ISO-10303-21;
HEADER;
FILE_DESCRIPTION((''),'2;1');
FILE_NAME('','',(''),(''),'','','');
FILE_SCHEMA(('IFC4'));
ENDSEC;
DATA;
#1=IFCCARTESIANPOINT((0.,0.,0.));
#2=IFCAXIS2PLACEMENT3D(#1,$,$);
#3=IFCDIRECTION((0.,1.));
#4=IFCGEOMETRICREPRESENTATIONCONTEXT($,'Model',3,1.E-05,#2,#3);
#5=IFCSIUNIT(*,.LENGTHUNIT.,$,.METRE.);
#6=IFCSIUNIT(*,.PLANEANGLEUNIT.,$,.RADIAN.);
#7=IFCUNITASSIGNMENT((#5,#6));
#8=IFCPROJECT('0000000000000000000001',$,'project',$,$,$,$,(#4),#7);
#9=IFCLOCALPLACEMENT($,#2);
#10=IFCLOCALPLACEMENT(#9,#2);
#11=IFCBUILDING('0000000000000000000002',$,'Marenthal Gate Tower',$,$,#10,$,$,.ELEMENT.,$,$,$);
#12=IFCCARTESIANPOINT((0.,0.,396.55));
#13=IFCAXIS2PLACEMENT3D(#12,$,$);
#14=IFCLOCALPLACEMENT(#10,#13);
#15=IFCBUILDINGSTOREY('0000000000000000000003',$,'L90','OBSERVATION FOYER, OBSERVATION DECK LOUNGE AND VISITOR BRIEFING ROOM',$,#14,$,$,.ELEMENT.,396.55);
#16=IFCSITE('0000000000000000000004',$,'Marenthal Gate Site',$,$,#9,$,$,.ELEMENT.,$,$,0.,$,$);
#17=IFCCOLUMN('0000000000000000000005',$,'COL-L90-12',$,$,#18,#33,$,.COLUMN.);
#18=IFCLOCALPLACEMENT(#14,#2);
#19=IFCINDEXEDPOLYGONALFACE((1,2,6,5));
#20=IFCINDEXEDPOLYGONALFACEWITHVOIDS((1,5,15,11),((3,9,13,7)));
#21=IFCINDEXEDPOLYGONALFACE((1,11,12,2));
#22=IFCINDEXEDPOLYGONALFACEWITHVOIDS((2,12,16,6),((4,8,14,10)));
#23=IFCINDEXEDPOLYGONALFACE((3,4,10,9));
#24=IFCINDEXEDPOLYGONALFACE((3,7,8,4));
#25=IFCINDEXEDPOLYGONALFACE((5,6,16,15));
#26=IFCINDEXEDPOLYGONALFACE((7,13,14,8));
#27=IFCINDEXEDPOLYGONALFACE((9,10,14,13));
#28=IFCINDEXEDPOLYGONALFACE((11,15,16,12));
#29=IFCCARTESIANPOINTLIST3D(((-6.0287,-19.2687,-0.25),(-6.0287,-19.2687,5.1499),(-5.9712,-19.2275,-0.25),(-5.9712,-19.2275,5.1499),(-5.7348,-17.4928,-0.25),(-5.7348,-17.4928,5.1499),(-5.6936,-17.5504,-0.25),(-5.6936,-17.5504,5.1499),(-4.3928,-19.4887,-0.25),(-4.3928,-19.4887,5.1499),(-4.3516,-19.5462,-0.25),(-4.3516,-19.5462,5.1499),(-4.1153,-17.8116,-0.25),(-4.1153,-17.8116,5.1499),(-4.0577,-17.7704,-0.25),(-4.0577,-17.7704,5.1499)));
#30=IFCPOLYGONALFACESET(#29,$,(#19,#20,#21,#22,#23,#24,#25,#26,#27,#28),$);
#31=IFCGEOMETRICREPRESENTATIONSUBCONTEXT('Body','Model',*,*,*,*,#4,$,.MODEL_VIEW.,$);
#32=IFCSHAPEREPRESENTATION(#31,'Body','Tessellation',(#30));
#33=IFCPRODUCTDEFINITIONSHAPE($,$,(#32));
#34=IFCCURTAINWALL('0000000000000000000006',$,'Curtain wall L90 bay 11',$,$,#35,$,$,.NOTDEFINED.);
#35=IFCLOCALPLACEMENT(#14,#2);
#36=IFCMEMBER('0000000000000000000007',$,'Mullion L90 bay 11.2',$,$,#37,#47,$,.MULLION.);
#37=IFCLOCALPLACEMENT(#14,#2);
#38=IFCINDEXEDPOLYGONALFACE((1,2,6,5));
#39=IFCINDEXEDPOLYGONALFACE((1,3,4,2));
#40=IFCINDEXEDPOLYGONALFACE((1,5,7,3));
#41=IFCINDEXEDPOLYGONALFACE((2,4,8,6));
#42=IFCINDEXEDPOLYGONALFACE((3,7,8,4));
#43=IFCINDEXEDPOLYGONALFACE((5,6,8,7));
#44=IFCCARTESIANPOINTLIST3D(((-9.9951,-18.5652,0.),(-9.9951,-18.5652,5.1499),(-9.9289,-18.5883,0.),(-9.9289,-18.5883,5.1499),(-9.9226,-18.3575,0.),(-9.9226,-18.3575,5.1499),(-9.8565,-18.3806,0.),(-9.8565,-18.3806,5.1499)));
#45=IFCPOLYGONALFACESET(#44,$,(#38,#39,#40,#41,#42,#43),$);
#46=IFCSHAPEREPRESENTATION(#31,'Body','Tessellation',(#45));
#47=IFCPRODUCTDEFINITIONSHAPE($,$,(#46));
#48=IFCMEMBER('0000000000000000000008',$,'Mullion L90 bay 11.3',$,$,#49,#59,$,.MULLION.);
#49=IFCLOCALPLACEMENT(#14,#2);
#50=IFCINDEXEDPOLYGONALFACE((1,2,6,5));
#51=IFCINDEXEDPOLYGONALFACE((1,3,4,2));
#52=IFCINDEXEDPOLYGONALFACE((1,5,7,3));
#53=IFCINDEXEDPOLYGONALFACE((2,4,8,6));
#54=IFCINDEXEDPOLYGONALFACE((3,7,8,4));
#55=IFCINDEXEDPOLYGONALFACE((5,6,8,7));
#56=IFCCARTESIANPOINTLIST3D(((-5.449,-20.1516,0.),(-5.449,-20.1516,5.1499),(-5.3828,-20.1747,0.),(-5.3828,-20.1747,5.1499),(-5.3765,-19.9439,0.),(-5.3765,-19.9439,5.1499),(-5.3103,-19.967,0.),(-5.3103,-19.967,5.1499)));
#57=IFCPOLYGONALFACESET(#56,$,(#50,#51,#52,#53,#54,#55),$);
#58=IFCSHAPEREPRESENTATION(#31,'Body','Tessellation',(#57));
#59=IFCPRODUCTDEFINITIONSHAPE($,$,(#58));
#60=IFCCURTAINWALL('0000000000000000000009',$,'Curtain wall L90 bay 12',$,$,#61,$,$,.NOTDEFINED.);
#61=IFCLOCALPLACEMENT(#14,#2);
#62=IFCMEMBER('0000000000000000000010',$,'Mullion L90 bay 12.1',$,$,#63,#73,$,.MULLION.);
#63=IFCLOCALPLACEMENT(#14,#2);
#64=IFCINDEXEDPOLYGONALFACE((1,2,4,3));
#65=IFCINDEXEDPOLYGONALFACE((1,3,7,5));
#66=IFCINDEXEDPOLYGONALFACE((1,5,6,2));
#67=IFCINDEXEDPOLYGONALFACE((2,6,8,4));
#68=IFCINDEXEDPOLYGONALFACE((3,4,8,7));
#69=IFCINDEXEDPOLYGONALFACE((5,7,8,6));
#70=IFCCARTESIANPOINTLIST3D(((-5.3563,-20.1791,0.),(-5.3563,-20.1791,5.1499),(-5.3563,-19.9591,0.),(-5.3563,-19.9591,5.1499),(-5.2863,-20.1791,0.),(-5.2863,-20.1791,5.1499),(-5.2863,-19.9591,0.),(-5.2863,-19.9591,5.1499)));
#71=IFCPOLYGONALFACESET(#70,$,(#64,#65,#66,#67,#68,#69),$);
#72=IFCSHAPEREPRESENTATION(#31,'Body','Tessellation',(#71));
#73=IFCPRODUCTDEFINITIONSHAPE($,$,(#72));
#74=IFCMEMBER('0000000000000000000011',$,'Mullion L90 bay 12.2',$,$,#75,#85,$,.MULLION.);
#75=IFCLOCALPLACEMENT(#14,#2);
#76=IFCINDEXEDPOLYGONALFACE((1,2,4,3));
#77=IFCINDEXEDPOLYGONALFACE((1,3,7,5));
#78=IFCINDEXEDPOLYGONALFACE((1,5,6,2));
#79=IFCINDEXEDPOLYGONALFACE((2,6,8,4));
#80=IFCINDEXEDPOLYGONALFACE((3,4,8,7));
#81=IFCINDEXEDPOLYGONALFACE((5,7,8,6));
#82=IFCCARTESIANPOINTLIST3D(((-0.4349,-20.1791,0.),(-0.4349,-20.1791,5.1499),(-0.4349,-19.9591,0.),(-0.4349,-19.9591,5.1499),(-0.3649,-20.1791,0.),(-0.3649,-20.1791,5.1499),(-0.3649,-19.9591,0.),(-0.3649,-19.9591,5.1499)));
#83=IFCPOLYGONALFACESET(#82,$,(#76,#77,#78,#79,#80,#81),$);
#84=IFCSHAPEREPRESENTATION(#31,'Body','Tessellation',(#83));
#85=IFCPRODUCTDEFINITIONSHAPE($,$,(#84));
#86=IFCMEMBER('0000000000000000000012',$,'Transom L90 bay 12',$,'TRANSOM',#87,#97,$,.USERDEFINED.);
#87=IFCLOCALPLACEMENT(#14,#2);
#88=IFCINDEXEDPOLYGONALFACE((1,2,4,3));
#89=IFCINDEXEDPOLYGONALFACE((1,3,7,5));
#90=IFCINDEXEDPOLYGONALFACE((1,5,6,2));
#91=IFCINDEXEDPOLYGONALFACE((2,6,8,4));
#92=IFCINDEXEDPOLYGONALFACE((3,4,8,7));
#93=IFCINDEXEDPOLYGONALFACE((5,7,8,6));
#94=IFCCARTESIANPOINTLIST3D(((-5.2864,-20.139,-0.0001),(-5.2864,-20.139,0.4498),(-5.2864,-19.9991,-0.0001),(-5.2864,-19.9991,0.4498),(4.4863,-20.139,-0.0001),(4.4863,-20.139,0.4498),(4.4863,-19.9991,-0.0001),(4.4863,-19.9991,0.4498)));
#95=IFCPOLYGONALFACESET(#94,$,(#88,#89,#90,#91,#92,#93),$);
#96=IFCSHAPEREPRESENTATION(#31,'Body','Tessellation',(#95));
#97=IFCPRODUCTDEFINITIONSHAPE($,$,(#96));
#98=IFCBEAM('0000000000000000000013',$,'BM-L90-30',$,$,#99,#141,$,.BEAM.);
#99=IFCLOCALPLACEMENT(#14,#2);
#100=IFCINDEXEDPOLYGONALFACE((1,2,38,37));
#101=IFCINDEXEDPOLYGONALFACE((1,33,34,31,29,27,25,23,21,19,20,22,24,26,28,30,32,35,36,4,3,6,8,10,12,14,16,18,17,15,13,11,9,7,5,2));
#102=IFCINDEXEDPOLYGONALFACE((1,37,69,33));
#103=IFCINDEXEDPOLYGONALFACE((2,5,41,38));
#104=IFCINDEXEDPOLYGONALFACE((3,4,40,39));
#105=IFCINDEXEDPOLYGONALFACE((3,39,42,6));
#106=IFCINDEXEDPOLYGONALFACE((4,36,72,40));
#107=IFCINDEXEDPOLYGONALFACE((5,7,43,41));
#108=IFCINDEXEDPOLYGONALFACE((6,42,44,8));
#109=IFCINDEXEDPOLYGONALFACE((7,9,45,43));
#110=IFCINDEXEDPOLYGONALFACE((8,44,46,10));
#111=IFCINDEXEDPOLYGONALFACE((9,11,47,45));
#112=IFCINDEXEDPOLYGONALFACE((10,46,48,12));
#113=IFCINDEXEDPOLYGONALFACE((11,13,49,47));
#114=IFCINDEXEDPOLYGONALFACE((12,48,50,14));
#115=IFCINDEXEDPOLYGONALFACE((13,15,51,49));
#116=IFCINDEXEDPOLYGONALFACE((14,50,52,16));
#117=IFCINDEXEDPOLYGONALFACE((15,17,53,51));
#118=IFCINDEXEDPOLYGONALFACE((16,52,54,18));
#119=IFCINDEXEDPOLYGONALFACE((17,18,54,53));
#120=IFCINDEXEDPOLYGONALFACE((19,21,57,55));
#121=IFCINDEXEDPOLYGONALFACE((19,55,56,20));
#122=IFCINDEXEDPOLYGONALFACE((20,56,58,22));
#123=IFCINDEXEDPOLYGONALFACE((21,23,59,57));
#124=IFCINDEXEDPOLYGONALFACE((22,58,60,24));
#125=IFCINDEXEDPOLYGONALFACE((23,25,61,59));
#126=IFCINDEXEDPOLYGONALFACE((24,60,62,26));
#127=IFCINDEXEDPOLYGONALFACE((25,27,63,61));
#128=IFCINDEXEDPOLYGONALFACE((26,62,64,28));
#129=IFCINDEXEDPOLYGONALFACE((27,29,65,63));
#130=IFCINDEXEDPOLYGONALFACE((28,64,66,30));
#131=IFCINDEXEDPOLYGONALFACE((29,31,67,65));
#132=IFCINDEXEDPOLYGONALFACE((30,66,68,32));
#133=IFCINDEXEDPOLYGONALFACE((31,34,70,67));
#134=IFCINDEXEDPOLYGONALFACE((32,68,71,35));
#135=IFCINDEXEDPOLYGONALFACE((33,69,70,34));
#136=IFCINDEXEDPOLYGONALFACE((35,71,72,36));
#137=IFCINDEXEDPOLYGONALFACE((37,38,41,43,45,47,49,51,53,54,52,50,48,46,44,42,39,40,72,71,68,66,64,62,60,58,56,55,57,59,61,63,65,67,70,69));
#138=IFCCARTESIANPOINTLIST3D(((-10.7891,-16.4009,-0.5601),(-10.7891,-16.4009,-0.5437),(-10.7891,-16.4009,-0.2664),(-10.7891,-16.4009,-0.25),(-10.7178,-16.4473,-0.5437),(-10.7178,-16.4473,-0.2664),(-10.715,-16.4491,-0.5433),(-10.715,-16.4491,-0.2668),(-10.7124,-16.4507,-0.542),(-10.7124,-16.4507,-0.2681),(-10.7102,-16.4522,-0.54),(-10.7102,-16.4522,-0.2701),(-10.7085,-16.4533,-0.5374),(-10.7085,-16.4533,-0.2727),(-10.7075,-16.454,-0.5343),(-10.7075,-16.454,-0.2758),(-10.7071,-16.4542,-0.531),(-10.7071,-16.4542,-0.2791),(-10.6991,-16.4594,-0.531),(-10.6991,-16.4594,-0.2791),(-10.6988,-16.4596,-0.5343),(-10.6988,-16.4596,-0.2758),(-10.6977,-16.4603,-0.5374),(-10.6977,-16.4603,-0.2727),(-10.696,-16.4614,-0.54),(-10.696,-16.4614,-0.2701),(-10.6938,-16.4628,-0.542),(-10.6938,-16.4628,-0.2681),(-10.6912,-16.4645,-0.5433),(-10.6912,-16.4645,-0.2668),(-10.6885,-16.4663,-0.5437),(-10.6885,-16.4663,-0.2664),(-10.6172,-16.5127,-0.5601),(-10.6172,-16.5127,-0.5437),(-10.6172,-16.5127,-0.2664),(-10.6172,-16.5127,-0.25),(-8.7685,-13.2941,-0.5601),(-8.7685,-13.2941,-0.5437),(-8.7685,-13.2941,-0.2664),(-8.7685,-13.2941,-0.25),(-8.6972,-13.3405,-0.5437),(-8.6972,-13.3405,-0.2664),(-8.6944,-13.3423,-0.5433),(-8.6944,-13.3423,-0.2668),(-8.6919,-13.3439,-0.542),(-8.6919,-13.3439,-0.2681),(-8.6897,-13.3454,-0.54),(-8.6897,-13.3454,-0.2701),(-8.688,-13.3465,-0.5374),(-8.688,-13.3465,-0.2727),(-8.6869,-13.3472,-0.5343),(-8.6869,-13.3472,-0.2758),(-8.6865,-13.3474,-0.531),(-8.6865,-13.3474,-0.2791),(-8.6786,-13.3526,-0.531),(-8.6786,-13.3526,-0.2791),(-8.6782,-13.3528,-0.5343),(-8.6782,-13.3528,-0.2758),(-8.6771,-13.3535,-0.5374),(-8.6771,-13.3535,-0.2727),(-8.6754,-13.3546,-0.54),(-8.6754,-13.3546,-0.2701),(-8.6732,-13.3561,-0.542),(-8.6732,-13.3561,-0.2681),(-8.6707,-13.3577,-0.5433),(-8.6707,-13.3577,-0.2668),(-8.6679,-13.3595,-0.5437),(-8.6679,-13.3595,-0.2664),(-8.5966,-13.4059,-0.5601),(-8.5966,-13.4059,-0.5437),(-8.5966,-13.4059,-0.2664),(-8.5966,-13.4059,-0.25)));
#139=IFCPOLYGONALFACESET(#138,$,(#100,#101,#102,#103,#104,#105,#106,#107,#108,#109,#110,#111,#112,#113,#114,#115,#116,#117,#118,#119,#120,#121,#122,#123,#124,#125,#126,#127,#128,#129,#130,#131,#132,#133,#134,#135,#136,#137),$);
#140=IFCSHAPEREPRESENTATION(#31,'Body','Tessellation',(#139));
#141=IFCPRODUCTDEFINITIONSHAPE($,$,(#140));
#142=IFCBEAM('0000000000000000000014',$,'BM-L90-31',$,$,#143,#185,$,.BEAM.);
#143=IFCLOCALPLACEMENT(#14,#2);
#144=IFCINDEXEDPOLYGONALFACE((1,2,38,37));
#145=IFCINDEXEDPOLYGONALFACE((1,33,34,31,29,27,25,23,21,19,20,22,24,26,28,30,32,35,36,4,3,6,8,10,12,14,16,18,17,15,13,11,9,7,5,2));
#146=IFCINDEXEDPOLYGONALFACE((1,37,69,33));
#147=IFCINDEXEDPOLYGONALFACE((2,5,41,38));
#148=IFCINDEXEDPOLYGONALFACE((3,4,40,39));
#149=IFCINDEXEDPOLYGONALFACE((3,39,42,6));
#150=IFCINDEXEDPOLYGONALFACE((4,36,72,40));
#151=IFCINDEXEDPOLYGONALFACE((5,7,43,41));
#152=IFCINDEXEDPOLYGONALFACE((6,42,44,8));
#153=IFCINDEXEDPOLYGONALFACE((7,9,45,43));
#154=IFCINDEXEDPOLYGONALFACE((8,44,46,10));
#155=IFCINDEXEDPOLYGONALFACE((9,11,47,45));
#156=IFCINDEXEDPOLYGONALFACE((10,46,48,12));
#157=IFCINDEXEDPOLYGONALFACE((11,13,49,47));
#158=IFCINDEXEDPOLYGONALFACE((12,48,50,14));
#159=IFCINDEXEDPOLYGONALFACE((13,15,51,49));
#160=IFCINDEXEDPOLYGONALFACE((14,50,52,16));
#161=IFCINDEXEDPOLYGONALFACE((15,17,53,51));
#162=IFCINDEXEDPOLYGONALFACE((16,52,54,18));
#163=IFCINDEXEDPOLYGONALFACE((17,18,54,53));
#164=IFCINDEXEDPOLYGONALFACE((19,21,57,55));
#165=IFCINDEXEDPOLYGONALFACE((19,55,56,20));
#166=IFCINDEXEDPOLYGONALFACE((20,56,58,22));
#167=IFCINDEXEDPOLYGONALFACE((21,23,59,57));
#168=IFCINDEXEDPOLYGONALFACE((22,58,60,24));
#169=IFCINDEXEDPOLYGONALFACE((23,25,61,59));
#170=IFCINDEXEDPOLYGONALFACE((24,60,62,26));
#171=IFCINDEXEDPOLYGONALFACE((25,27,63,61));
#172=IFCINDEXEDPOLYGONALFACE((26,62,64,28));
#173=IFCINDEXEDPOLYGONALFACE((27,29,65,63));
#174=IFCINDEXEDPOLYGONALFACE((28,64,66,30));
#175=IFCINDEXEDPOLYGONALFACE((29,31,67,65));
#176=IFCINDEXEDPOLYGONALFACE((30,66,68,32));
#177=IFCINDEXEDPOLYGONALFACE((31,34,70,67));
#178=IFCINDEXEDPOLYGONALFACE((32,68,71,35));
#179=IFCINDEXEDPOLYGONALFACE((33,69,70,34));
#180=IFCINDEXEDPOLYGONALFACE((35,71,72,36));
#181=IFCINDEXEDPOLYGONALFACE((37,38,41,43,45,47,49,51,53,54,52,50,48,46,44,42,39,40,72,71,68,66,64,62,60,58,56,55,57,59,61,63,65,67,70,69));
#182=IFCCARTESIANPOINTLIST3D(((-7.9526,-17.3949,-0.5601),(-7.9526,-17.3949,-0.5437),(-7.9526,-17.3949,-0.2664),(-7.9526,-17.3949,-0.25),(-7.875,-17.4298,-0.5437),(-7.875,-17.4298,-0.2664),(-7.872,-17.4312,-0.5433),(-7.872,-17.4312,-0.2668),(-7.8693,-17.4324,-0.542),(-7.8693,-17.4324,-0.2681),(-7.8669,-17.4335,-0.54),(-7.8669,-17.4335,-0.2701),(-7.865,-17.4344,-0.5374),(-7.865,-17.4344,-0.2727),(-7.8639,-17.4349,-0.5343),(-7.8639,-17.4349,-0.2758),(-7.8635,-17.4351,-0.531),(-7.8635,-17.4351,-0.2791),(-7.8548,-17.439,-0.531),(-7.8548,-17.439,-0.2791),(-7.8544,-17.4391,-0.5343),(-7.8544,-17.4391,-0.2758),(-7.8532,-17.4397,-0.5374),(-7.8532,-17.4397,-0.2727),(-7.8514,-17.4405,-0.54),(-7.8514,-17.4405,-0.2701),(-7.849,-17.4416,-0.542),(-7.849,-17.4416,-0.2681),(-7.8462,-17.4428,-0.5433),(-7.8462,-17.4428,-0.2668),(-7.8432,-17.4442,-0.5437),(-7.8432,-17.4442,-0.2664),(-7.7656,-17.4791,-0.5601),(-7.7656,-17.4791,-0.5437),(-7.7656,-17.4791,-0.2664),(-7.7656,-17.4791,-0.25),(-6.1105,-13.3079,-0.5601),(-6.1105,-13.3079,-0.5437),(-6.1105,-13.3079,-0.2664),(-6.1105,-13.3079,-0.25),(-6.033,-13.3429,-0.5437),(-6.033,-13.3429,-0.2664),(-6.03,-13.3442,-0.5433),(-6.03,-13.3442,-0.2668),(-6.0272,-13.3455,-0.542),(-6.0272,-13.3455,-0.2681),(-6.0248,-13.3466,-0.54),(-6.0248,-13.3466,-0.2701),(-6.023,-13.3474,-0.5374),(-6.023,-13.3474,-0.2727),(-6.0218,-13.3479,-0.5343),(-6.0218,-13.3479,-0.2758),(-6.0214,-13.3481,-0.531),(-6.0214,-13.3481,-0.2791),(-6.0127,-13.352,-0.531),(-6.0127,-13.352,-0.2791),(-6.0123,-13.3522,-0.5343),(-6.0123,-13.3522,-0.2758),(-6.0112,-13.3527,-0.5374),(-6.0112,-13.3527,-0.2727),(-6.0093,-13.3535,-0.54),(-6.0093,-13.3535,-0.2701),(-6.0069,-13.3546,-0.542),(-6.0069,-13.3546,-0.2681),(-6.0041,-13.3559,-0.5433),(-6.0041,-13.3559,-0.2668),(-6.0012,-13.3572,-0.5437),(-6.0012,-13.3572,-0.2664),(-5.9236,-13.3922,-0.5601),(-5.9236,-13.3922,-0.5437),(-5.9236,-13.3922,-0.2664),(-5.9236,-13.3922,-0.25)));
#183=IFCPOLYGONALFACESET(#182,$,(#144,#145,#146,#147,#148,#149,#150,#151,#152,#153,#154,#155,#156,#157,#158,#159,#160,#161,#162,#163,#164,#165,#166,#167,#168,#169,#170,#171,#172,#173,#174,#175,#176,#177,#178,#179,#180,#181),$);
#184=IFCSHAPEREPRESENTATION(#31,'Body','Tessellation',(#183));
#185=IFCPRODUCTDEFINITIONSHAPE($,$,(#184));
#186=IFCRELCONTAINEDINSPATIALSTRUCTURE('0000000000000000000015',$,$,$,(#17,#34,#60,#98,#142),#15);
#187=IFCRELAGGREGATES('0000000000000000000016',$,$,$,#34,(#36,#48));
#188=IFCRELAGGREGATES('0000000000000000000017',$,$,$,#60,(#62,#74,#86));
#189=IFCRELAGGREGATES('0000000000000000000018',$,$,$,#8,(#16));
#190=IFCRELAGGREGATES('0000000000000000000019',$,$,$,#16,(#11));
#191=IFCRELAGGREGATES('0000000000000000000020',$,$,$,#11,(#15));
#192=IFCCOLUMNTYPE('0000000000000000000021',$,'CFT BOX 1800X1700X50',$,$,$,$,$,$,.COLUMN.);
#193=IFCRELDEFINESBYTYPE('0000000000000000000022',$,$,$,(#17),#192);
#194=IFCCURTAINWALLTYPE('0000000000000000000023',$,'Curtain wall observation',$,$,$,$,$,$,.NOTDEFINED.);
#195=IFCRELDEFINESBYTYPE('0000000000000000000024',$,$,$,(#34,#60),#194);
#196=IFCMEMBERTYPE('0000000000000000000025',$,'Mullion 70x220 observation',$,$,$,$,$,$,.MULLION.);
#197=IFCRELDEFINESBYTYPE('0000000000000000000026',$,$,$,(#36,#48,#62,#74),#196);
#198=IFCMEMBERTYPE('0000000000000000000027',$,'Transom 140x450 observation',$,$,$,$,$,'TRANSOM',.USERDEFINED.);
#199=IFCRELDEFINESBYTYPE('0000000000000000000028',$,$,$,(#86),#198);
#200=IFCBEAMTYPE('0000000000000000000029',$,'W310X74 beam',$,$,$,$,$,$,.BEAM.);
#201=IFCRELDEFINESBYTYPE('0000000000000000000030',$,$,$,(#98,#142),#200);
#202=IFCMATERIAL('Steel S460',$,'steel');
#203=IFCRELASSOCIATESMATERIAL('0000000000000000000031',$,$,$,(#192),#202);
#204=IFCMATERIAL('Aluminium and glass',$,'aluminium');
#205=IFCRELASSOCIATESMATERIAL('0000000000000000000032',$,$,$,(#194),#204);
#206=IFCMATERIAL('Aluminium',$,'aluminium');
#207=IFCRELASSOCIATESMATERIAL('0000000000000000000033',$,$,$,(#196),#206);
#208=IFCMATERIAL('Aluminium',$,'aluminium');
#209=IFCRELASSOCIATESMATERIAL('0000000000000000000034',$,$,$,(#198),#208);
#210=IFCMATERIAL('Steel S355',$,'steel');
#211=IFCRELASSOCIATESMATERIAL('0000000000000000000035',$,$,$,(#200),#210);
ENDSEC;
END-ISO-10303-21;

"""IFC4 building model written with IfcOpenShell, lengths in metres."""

from ifc_helpers import new_model, si_unit, direction, frame, origin, origin_2d, place, context, subcontext, project, spatial, rectangle, hollow_rectangle, i_section, extrude, material, material_profile, profile_set, type_object, element, aggregate, save


model = new_model("IFC4")

# Units and contexts
model_context = context("Model", 3, precision=1e-05, world=origin(), true_north=direction((0.0, 1.0)))
body_context = subcontext(model_context, "Body", "Model", "MODEL_VIEW")
ifc_project = project(units=[si_unit("LENGTHUNIT", "METRE"), si_unit("PLANEANGLEUNIT", "RADIAN")], contexts=[model_context])

# Site, building, storey
site_placement = place(None, origin())
site = spatial("IfcSite", under=ifc_project, at=site_placement, Name="Marenthal Gate Site", CompositionType="ELEMENT", RefElevation=0.0)
building_placement = place(site_placement, origin())
building = spatial("IfcBuilding", under=site, at=building_placement, Name="Marenthal Gate Tower", CompositionType="ELEMENT")
storey_placement = place(building_placement, frame((0.0, 0.0, 396.55)))
storey = spatial("IfcBuildingStorey", under=building, at=storey_placement, Name="L90", Description="OBSERVATION FOYER, OBSERVATION DECK LOUNGE AND VISITOR BRIEFING ROOM", CompositionType="ELEMENT", Elevation=396.55)

# Column
ifc_material_1 = material(Name="Steel S460", Category="steel")
ifc_material_profile_1 = material_profile(ifc_material_1, hollow_rectangle(XDim=1.7, YDim=1.8, WallThickness=0.05, at=origin_2d()), Name="CFT BOX 1800X1700X50")
ifc_material_2 = material(Name="Concrete 70 MPa", Category="concrete")
ifc_material_profile_2 = material_profile(ifc_material_2, rectangle(XDim=1.6001, YDim=1.7, at=origin_2d()), Name="CFT BOX 1800X1700X50 INFILL")
ifc_profile_set_1 = profile_set([ifc_material_profile_1, ifc_material_profile_2], Name="Steel S460 shell, Concrete 70 MPa infill")
column_type = type_object("IfcColumnType", Name="CFT BOX 1800X1700X50", PredefinedType="COLUMN", material=ifc_profile_set_1)
column_placement = place(storey_placement, frame((-5.0432, -18.5195, -0.25), z_axis=(0.0, 0.0, 1.0), x_axis=(-0.986583, 0.163262, 0.0)))
element("IfcColumn", 1, at=column_placement, inside=storey, type_object=column_type, Name="COL-L90-12", PredefinedType="COLUMN", context=body_context, shape_type="SweptSolid", body=[
    extrude(hollow_rectangle(XDim=1.7, YDim=1.8, WallThickness=0.05, at=origin_2d()), origin(), (0.0, 0.0, 1.0), 5.3999),
])

# Curtain walls, members
ifc_material_3 = material(Name="Aluminium and glass", Category="aluminium")
curtain_wall_type = type_object("IfcCurtainWallType", Name="Curtain wall observation", PredefinedType="NOTDEFINED", material=ifc_material_3)
curtain_wall_1_placement = place(storey_placement, origin())
curtain_wall_1 = element("IfcCurtainWall", 2, at=curtain_wall_1_placement, inside=storey, type_object=curtain_wall_type, Name="Curtain wall L90 bay 11", PredefinedType="NOTDEFINED")
ifc_material_4 = material(Name="Aluminium", Category="aluminium")
ifc_material_profile_3 = material_profile(ifc_material_4, rectangle(XDim=0.22, YDim=0.0701, at=origin_2d()), Name="70x220 aluminium mullion")
ifc_profile_set_2 = profile_set([ifc_material_profile_3], Name="Aluminium")
member_type_1 = type_object("IfcMemberType", Name="Mullion 70x220 observation", PredefinedType="MULLION", material=ifc_profile_set_2)
member_1_placement = place(storey_placement, frame((-9.9258, -18.4729, 0.0), z_axis=(0.0, 0.0, 1.0), x_axis=(0.329454, 0.944172, 0.0)))
member_1 = element("IfcMember", 3, at=member_1_placement, type_object=member_type_1, Name="Mullion L90 bay 11.2", PredefinedType="MULLION", context=body_context, shape_type="SweptSolid", body=[
    extrude(rectangle(XDim=0.22, YDim=0.0701, at=origin_2d()), origin(), (0.0, 0.0, 1.0), 5.1499),
])
member_2_placement = place(storey_placement, frame((-5.3796, -20.0593, 0.0), z_axis=(0.0, 0.0, 1.0), x_axis=(0.329454, 0.944172, 0.0)))
member_2 = element("IfcMember", 4, at=member_2_placement, type_object=member_type_1, Name="Mullion L90 bay 11.3", PredefinedType="MULLION", context=body_context, shape_type="SweptSolid", body=[
    extrude(rectangle(XDim=0.22, YDim=0.0701, at=origin_2d()), origin(), (0.0, 0.0, 1.0), 5.1499),
])
curtain_wall_2_placement = place(storey_placement, origin())
curtain_wall_2 = element("IfcCurtainWall", 5, at=curtain_wall_2_placement, inside=storey, type_object=curtain_wall_type, Name="Curtain wall L90 bay 12", PredefinedType="NOTDEFINED")
member_3_placement = place(storey_placement, frame((-5.3213, -20.0691, 0.0), z_axis=(0.0, 0.0, 1.0), x_axis=(0.0, 1.0, 0.0)))
member_3 = element("IfcMember", 6, at=member_3_placement, type_object=member_type_1, Name="Mullion L90 bay 12.1", PredefinedType="MULLION", context=body_context, shape_type="SweptSolid", body=[
    extrude(rectangle(XDim=0.22, YDim=0.0701, at=origin_2d()), origin(), (0.0, 0.0, 1.0), 5.1499),
])
member_4_placement = place(storey_placement, frame((-0.3999, -20.0691, 0.0), z_axis=(0.0, 0.0, 1.0), x_axis=(0.0, 1.0, 0.0)))
member_4 = element("IfcMember", 7, at=member_4_placement, type_object=member_type_1, Name="Mullion L90 bay 12.2", PredefinedType="MULLION", context=body_context, shape_type="SweptSolid", body=[
    extrude(rectangle(XDim=0.22, YDim=0.0701, at=origin_2d()), origin(), (0.0, 0.0, 1.0), 5.1499),
])
ifc_material_5 = material(Name="Aluminium", Category="aluminium")
ifc_material_profile_4 = material_profile(ifc_material_5, rectangle(XDim=0.1399, YDim=0.45, at=origin_2d()), Name="140x450 aluminium transom")
ifc_profile_set_3 = profile_set([ifc_material_profile_4], Name="Aluminium")
member_type_2 = type_object("IfcMemberType", Name="Transom 140x450 observation", ElementType="TRANSOM", PredefinedType="USERDEFINED", material=ifc_profile_set_3)
member_5_placement = place(storey_placement, frame((-5.2864, -20.0691, 0.2249), z_axis=(1.0, 0.0, 0.0), x_axis=(0.0, 1.0, 0.0)))
member_5 = element("IfcMember", 8, at=member_5_placement, type_object=member_type_2, Name="Transom L90 bay 12", ObjectType="TRANSOM", PredefinedType="USERDEFINED", context=body_context, shape_type="SweptSolid", body=[
    extrude(rectangle(XDim=0.1399, YDim=0.45, at=origin_2d()), origin(), (0.0, 0.0, 1.0), 9.7727),
])

# Beams
ifc_material_6 = material(Name="Steel S355", Category="steel")
ifc_material_profile_5 = material_profile(ifc_material_6, i_section(OverallWidth=0.2051, OverallDepth=0.3101, WebThickness=0.0095, FlangeThickness=0.0164, FilletRadius=0.0127, at=origin_2d()), Name="W310X74")
ifc_profile_set_4 = profile_set([ifc_material_profile_5], Name="Steel S355")
beam_type_1 = type_object("IfcBeamType", Name="W310X74 beam", PredefinedType="BEAM", material=ifc_profile_set_4)
beam_1_placement = place(storey_placement, frame((-10.7031, -16.4568, -0.405), z_axis=(0.545208, 0.838301, 0.0), x_axis=(-0.838301, 0.545208, 0.0)))
element("IfcBeam", 9, at=beam_1_placement, inside=storey, type_object=beam_type_1, Name="BM-L90-30", PredefinedType="BEAM", context=body_context, shape_type="SweptSolid", body=[
    extrude(i_section(OverallWidth=0.2051, OverallDepth=0.3101, WebThickness=0.0095, FlangeThickness=0.0164, FilletRadius=0.0127, at=origin_2d()), origin(), (0.0, 0.0, 1.0), 3.7061),
])
beam_2_placement = place(storey_placement, frame((-7.8591, -17.437, -0.405), z_axis=(0.410908, 0.911677, 0.0), x_axis=(-0.911677, 0.410908, 0.0)))
element("IfcBeam", 10, at=beam_2_placement, inside=storey, type_object=beam_type_1, Name="BM-L90-31", PredefinedType="BEAM", context=body_context, shape_type="SweptSolid", body=[
    extrude(i_section(OverallWidth=0.2051, OverallDepth=0.3101, WebThickness=0.0095, FlangeThickness=0.0164, FilletRadius=0.0127, at=origin_2d()), origin(), (0.0, 0.0, 1.0), 4.4829),
])

aggregate(curtain_wall_1, [member_1, member_2])
aggregate(curtain_wall_2, [member_3, member_4, member_5])

save(model, "model.ifc")
